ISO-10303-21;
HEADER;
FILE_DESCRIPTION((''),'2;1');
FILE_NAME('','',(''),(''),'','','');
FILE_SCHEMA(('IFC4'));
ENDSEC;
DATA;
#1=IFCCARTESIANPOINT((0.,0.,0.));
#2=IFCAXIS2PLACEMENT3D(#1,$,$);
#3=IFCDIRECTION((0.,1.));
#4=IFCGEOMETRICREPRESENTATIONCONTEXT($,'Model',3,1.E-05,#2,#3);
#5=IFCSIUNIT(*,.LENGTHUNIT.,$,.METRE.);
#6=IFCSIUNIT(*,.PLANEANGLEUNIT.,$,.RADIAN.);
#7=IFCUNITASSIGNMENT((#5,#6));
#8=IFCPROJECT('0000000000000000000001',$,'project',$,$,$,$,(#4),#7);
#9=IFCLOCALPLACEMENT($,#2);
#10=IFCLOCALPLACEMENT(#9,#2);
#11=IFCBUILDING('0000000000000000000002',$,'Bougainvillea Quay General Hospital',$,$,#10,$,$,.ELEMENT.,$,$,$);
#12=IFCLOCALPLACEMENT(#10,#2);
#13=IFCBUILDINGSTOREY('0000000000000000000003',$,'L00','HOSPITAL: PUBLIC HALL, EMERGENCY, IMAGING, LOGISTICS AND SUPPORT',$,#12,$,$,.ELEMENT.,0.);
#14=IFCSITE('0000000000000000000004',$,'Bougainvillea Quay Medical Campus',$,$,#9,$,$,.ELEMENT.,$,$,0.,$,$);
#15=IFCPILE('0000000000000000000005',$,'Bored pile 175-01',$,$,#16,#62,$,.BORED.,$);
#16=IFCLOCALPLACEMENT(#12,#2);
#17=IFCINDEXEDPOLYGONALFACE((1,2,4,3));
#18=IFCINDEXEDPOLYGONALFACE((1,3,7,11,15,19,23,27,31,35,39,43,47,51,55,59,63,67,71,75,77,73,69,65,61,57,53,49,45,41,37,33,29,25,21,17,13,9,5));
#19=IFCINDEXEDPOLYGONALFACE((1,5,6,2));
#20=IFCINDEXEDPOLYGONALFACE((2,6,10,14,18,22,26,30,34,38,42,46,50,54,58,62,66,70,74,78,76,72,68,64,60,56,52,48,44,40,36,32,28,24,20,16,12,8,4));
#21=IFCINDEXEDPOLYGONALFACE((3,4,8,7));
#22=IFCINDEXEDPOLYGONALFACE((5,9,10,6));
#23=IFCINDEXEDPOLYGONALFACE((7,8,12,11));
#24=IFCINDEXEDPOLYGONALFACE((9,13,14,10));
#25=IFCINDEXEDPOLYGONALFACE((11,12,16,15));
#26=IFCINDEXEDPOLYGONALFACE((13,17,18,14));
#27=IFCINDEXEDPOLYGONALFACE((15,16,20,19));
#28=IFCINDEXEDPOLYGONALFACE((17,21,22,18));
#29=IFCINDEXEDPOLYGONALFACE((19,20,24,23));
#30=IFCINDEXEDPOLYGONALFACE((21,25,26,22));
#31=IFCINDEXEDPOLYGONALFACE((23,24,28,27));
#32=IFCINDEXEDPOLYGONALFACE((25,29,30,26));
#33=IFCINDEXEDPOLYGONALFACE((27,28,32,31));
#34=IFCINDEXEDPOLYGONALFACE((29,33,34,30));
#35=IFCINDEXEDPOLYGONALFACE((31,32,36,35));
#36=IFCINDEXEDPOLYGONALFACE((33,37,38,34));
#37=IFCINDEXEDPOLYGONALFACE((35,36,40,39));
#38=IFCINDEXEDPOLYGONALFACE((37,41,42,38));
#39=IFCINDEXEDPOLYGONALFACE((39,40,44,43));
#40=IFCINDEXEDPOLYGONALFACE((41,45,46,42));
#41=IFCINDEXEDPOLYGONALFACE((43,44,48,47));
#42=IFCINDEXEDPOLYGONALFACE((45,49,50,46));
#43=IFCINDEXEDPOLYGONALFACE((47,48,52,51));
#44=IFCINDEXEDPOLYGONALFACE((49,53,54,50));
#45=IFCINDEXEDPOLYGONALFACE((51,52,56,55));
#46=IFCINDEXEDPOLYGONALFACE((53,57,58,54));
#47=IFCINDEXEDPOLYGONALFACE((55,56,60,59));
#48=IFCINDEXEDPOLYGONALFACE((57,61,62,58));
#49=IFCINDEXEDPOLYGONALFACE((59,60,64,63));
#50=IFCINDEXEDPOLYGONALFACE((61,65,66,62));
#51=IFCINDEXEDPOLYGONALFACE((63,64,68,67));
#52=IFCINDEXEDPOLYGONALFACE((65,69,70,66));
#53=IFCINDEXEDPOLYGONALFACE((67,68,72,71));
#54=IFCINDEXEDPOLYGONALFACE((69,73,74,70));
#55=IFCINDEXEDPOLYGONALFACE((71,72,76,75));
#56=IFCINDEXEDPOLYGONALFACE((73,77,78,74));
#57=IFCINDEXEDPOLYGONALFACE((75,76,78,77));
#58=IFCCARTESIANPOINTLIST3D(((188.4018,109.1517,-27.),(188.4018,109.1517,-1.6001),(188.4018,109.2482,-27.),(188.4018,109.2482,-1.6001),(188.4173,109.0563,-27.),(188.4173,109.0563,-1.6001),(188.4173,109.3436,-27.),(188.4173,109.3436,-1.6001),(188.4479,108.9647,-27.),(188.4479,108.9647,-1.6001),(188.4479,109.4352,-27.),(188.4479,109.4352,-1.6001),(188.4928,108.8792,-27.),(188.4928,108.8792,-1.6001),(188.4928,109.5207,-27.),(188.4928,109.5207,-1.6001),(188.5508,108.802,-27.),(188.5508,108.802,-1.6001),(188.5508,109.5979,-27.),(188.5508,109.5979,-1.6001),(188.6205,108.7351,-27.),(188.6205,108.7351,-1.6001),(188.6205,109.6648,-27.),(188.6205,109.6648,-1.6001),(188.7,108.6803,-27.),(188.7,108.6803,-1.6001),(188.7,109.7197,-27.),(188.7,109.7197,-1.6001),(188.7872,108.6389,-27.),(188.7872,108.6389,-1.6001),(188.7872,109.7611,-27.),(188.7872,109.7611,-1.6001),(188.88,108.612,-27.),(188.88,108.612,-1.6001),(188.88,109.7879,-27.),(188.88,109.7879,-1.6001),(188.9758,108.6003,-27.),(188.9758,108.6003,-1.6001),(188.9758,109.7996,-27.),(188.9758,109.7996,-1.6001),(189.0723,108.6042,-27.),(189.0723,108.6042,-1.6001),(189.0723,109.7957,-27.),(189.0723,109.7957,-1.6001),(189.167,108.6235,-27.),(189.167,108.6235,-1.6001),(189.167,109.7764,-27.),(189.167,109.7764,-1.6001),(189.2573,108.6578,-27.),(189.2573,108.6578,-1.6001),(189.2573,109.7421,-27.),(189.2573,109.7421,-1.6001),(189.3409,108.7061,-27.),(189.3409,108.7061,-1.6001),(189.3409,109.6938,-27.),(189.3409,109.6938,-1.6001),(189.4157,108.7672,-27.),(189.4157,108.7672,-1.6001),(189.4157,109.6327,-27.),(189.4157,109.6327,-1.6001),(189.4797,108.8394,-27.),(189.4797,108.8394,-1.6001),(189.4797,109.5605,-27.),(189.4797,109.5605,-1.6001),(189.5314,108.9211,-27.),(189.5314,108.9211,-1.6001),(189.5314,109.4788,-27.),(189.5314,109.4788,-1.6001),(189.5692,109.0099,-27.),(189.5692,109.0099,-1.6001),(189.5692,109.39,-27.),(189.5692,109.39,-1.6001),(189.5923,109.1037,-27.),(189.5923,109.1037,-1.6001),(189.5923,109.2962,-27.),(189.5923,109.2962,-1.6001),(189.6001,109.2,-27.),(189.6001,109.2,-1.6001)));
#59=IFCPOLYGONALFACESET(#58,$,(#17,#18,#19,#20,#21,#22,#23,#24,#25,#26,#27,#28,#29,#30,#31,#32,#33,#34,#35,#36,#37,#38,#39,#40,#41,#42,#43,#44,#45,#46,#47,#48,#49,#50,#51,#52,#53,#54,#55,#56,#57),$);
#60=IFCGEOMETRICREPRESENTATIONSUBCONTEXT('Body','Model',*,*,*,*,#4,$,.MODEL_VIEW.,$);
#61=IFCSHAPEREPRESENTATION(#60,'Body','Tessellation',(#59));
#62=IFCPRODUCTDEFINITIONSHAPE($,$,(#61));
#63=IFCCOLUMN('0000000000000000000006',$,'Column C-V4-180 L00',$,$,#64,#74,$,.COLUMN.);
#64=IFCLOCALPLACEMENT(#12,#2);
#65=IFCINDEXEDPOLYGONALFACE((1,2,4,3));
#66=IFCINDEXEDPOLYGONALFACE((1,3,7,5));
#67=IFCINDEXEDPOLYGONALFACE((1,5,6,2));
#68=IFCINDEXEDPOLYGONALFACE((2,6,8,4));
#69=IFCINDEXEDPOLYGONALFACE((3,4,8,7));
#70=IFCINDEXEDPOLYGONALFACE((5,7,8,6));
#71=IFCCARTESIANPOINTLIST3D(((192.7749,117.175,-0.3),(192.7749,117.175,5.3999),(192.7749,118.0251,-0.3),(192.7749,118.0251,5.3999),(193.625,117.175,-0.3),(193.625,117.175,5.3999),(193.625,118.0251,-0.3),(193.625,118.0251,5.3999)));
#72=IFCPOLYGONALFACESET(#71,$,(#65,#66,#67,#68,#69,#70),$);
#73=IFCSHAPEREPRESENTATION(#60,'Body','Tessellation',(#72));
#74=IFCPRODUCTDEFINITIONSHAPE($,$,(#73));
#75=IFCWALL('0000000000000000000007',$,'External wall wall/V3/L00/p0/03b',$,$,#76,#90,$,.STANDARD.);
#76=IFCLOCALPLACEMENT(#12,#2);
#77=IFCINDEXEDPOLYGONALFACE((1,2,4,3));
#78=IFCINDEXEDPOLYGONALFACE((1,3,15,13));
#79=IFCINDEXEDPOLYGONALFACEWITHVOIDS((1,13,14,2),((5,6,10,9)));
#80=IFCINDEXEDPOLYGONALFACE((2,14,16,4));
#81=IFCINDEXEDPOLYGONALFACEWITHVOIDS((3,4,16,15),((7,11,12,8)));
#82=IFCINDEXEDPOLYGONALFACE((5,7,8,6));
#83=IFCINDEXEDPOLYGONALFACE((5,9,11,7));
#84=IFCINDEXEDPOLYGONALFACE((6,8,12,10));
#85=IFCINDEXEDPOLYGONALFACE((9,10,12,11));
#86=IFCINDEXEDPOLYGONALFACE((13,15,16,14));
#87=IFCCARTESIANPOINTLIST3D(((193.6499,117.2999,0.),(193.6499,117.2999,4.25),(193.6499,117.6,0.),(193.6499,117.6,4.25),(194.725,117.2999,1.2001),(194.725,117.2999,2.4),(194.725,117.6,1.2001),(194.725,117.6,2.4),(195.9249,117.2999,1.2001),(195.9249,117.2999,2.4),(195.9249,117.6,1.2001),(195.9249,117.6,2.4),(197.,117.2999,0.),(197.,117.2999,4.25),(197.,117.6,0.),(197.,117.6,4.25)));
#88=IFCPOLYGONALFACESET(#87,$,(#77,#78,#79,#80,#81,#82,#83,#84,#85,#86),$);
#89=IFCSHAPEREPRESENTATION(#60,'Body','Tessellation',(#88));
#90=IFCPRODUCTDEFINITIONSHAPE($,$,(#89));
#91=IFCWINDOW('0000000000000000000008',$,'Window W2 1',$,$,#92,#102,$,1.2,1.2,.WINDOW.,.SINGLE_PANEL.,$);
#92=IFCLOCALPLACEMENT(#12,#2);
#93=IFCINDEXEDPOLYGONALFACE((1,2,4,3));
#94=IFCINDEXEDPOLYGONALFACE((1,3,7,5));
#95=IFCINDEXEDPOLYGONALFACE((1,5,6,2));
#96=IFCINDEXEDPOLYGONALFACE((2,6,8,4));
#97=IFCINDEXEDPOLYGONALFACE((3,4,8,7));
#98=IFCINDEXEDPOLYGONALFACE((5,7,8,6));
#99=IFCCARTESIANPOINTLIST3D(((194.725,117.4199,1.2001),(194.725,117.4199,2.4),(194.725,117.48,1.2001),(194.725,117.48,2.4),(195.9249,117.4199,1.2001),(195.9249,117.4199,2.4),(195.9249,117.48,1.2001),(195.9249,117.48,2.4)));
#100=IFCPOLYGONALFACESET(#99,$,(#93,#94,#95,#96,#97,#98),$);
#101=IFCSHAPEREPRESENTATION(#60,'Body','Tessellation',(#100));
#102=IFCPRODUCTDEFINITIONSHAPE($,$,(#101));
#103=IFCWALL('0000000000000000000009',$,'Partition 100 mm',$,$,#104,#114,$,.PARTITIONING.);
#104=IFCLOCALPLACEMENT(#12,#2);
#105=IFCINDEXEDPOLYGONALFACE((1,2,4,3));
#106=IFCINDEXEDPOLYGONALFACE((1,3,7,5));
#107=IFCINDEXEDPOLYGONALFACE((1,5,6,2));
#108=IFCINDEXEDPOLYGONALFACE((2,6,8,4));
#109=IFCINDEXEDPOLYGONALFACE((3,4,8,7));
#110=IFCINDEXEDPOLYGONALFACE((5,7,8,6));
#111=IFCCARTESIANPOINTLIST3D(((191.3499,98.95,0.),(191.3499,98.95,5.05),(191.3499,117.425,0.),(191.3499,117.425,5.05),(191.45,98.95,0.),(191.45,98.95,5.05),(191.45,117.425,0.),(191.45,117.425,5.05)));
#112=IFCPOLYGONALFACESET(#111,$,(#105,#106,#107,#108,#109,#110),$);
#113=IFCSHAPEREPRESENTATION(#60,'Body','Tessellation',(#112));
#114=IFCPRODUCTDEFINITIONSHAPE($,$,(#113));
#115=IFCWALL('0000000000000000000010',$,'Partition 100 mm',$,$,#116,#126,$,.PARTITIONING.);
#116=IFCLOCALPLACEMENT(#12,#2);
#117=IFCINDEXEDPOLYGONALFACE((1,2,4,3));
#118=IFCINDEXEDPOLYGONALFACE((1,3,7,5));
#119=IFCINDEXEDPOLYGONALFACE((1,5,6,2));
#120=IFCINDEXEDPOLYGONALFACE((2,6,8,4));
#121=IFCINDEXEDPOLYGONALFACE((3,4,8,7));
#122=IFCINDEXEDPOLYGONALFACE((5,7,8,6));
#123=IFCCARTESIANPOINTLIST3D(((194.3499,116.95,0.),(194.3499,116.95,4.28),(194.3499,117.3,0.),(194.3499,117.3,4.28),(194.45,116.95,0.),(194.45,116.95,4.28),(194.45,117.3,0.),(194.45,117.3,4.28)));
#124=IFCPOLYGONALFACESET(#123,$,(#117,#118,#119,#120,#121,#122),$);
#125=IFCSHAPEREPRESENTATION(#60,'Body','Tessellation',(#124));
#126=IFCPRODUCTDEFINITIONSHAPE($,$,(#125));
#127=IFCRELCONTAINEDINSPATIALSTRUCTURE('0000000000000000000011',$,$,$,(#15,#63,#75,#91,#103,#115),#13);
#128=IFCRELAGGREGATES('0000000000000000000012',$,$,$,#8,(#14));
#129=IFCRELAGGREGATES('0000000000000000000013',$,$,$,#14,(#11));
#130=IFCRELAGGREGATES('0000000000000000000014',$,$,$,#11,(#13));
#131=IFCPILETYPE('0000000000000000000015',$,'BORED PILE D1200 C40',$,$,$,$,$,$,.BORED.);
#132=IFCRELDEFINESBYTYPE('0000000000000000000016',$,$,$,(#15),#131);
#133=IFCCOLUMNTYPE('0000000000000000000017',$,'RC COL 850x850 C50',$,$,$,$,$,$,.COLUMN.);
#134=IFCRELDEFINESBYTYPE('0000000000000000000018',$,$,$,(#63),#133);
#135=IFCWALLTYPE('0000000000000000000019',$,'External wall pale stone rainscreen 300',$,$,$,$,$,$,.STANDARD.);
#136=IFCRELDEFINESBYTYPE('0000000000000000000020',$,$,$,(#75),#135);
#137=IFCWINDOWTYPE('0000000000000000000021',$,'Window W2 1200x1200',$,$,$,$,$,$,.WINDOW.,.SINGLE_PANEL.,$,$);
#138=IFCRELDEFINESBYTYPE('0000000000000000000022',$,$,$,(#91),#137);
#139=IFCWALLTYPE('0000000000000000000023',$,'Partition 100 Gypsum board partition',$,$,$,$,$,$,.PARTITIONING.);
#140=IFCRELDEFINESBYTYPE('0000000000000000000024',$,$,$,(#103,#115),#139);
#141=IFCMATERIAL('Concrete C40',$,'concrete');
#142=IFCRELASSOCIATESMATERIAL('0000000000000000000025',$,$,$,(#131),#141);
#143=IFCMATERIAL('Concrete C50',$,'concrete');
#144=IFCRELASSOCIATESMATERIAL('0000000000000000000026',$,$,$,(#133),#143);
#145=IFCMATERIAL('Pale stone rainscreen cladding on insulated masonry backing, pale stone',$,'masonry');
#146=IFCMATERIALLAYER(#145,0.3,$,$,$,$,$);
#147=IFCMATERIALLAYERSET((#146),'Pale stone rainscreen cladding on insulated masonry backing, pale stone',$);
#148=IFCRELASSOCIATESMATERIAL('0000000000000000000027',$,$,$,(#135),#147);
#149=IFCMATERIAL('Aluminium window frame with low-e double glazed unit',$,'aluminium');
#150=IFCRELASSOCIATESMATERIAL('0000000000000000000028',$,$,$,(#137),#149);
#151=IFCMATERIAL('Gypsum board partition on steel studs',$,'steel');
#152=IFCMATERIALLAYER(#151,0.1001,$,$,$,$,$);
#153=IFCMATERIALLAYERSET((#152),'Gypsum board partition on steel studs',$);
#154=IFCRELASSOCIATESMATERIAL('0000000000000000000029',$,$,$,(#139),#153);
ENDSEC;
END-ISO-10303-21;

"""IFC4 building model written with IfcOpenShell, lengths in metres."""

from ifc_helpers import new_model, si_unit, direction, frame, frame_2d, origin, origin_2d, place, context, subcontext, project, spatial, rectangle, circle, extrude, material, layer, layer_set, material_profile, profile_set, type_object, element, fill, save


model = new_model("IFC4")

# Units and contexts
model_context = context("Model", 3, precision=1e-05, world=origin(), true_north=direction((0.0, 1.0)))
body_context = subcontext(model_context, "Body", "Model", "MODEL_VIEW")
ifc_project = project(units=[si_unit("LENGTHUNIT", "METRE"), si_unit("PLANEANGLEUNIT", "RADIAN")], contexts=[model_context])

# Site, building, storey
site_placement = place(None, origin())
site = spatial("IfcSite", under=ifc_project, at=site_placement, Name="Bougainvillea Quay Medical Campus", CompositionType="ELEMENT", RefElevation=0.0)
building_placement = place(site_placement, origin())
building = spatial("IfcBuilding", under=site, at=building_placement, Name="Bougainvillea Quay General Hospital", CompositionType="ELEMENT")
storey_placement = place(building_placement, origin())
storey = spatial("IfcBuildingStorey", under=building, at=storey_placement, Name="L00", Description="HOSPITAL: PUBLIC HALL, EMERGENCY, IMAGING, LOGISTICS AND SUPPORT", CompositionType="ELEMENT", Elevation=0.0)

# Pile
ifc_material_1 = material(Name="Concrete C40", Category="concrete")
ifc_material_profile_1 = material_profile(ifc_material_1, circle(Radius=0.6001, at=origin_2d()))
ifc_profile_set_1 = profile_set([ifc_material_profile_1], Name="Concrete C40")
pile_type = type_object("IfcPileType", Name="BORED PILE D1200 C40", PredefinedType="BORED", material=ifc_profile_set_1)
pile_placement = place(storey_placement, frame((189.0, 109.2, -1.6001), z_axis=(0.0, 0.0, -1.0), x_axis=(1.0, 0.0, 0.0)))
element("IfcPile", 1, at=pile_placement, inside=storey, type_object=pile_type, Name="Bored pile 175-01", PredefinedType="BORED", context=body_context, shape_type="SweptSolid", body=[
    extrude(circle(Radius=0.6001, at=origin_2d()), origin(), (0.0, 0.0, 1.0), 25.3999),
])

# Column
ifc_material_2 = material(Name="Concrete C50", Category="concrete")
ifc_material_profile_2 = material_profile(ifc_material_2, rectangle(XDim=0.8501, YDim=0.8501, at=origin_2d()))
ifc_profile_set_2 = profile_set([ifc_material_profile_2], Name="Concrete C50")
column_type = type_object("IfcColumnType", Name="RC COL 850x850 C50", PredefinedType="COLUMN", material=ifc_profile_set_2)
column_placement = place(storey_placement, frame((193.2, 117.6001, -0.3), z_axis=(0.0, 0.0, 1.0), x_axis=(1.0, 0.0, 0.0)))
element("IfcColumn", 2, at=column_placement, inside=storey, type_object=column_type, Name="Column C-V4-180 L00", PredefinedType="COLUMN", context=body_context, shape_type="SweptSolid", body=[
    extrude(rectangle(XDim=0.8501, YDim=0.8501, at=origin_2d()), origin(), (0.0, 0.0, 1.0), 5.7),
])

# Wall, opening, window
ifc_material_3 = material(Name="Pale stone rainscreen cladding on insulated masonry backing, pale stone", Category="masonry")
ifc_layer_1 = layer(ifc_material_3, 0.3)
ifc_layer_set_1 = layer_set([ifc_layer_1], Name="Pale stone rainscreen cladding on insulated masonry backing, pale stone")
wall_type_1 = type_object("IfcWallType", Name="External wall pale stone rainscreen 300", PredefinedType="STANDARD", material=ifc_layer_set_1)
wall_1_placement = place(storey_placement, frame((197.0, 117.45, 0.0), z_axis=(0.0, 0.0, 1.0), x_axis=(-1.0, 0.0, 0.0)))
wall_1 = element("IfcWall", 3, at=wall_1_placement, inside=storey, type_object=wall_type_1, Name="External wall wall/V3/L00/p0/03b", PredefinedType="STANDARD", context=body_context, shape_type="SweptSolid", body=[
    extrude(rectangle(XDim=3.3501, YDim=0.3, at=frame_2d((1.675, 0.0))), origin(), (0.0, 0.0, 1.0), 4.25),
])
opening_1_placement = place(wall_1_placement, frame((1.075, 0.0, 1.2)))
opening_1 = element("IfcOpeningElement", 4, at=opening_1_placement, cuts=wall_1, PredefinedType="OPENING", context=body_context, shape_type="SweptSolid", body=[
    extrude(rectangle(XDim=1.2, YDim=1.2, at=frame_2d((0.6001, 0.6001))), frame((0.0, 0.1599, 0.0), z_axis=(0.0, -1.0, 0.0), x_axis=(1.0, 0.0, 0.0)), (0.0, 0.0, 1.0), 0.3201),
])
ifc_material_4 = material(Name="Aluminium window frame with low-e double glazed unit", Category="aluminium")
window_type = type_object("IfcWindowType", Name="Window W2 1200x1200", PartitioningType="SINGLE_PANEL", PredefinedType="WINDOW", material=ifc_material_4)
window_placement = place(opening_1_placement, origin())
window = element("IfcWindow", 5, at=window_placement, inside=storey, type_object=window_type, Name="Window W2 1", OverallHeight=1.2, OverallWidth=1.2, PartitioningType="SINGLE_PANEL", PredefinedType="WINDOW", context=body_context, shape_type="SweptSolid", body=[
    extrude(rectangle(XDim=1.2, YDim=1.2, at=frame_2d((0.6001, 0.6001))), frame((0.0, 0.03, 0.0), z_axis=(0.0, -1.0, 0.0), x_axis=(1.0, 0.0, 0.0)), (0.0, 0.0, 1.0), 0.0601),
])
fill(opening_1, window)

# Walls
ifc_material_5 = material(Name="Gypsum board partition on steel studs", Category="steel")
ifc_layer_2 = layer(ifc_material_5, 0.1001)
ifc_layer_set_2 = layer_set([ifc_layer_2], Name="Gypsum board partition on steel studs")
wall_type_2 = type_object("IfcWallType", Name="Partition 100 Gypsum board partition", PredefinedType="PARTITIONING", material=ifc_layer_set_2)
wall_2_placement = place(storey_placement, frame((191.3999, 117.425, 0.0), z_axis=(0.0, 0.0, 1.0), x_axis=(0.0, -1.0, 0.0)))
element("IfcWall", 6, at=wall_2_placement, inside=storey, type_object=wall_type_2, Name="Partition 100 mm", PredefinedType="PARTITIONING", context=body_context, shape_type="SweptSolid", body=[
    extrude(rectangle(XDim=18.4751, YDim=0.1001, at=frame_2d((9.2375, 0.0))), origin(), (0.0, 0.0, 1.0), 5.05),
])
wall_3_placement = place(storey_placement, frame((194.3999, 117.3, 0.0), z_axis=(0.0, 0.0, 1.0), x_axis=(0.0, -1.0, 0.0)))
element("IfcWall", 7, at=wall_3_placement, inside=storey, type_object=wall_type_2, Name="Partition 100 mm", PredefinedType="PARTITIONING", context=body_context, shape_type="SweptSolid", body=[
    extrude(rectangle(XDim=0.3501, YDim=0.1001, at=frame_2d((0.175, 0.0))), origin(), (0.0, 0.0, 1.0), 4.28),
])

save(model, "model.ifc")
